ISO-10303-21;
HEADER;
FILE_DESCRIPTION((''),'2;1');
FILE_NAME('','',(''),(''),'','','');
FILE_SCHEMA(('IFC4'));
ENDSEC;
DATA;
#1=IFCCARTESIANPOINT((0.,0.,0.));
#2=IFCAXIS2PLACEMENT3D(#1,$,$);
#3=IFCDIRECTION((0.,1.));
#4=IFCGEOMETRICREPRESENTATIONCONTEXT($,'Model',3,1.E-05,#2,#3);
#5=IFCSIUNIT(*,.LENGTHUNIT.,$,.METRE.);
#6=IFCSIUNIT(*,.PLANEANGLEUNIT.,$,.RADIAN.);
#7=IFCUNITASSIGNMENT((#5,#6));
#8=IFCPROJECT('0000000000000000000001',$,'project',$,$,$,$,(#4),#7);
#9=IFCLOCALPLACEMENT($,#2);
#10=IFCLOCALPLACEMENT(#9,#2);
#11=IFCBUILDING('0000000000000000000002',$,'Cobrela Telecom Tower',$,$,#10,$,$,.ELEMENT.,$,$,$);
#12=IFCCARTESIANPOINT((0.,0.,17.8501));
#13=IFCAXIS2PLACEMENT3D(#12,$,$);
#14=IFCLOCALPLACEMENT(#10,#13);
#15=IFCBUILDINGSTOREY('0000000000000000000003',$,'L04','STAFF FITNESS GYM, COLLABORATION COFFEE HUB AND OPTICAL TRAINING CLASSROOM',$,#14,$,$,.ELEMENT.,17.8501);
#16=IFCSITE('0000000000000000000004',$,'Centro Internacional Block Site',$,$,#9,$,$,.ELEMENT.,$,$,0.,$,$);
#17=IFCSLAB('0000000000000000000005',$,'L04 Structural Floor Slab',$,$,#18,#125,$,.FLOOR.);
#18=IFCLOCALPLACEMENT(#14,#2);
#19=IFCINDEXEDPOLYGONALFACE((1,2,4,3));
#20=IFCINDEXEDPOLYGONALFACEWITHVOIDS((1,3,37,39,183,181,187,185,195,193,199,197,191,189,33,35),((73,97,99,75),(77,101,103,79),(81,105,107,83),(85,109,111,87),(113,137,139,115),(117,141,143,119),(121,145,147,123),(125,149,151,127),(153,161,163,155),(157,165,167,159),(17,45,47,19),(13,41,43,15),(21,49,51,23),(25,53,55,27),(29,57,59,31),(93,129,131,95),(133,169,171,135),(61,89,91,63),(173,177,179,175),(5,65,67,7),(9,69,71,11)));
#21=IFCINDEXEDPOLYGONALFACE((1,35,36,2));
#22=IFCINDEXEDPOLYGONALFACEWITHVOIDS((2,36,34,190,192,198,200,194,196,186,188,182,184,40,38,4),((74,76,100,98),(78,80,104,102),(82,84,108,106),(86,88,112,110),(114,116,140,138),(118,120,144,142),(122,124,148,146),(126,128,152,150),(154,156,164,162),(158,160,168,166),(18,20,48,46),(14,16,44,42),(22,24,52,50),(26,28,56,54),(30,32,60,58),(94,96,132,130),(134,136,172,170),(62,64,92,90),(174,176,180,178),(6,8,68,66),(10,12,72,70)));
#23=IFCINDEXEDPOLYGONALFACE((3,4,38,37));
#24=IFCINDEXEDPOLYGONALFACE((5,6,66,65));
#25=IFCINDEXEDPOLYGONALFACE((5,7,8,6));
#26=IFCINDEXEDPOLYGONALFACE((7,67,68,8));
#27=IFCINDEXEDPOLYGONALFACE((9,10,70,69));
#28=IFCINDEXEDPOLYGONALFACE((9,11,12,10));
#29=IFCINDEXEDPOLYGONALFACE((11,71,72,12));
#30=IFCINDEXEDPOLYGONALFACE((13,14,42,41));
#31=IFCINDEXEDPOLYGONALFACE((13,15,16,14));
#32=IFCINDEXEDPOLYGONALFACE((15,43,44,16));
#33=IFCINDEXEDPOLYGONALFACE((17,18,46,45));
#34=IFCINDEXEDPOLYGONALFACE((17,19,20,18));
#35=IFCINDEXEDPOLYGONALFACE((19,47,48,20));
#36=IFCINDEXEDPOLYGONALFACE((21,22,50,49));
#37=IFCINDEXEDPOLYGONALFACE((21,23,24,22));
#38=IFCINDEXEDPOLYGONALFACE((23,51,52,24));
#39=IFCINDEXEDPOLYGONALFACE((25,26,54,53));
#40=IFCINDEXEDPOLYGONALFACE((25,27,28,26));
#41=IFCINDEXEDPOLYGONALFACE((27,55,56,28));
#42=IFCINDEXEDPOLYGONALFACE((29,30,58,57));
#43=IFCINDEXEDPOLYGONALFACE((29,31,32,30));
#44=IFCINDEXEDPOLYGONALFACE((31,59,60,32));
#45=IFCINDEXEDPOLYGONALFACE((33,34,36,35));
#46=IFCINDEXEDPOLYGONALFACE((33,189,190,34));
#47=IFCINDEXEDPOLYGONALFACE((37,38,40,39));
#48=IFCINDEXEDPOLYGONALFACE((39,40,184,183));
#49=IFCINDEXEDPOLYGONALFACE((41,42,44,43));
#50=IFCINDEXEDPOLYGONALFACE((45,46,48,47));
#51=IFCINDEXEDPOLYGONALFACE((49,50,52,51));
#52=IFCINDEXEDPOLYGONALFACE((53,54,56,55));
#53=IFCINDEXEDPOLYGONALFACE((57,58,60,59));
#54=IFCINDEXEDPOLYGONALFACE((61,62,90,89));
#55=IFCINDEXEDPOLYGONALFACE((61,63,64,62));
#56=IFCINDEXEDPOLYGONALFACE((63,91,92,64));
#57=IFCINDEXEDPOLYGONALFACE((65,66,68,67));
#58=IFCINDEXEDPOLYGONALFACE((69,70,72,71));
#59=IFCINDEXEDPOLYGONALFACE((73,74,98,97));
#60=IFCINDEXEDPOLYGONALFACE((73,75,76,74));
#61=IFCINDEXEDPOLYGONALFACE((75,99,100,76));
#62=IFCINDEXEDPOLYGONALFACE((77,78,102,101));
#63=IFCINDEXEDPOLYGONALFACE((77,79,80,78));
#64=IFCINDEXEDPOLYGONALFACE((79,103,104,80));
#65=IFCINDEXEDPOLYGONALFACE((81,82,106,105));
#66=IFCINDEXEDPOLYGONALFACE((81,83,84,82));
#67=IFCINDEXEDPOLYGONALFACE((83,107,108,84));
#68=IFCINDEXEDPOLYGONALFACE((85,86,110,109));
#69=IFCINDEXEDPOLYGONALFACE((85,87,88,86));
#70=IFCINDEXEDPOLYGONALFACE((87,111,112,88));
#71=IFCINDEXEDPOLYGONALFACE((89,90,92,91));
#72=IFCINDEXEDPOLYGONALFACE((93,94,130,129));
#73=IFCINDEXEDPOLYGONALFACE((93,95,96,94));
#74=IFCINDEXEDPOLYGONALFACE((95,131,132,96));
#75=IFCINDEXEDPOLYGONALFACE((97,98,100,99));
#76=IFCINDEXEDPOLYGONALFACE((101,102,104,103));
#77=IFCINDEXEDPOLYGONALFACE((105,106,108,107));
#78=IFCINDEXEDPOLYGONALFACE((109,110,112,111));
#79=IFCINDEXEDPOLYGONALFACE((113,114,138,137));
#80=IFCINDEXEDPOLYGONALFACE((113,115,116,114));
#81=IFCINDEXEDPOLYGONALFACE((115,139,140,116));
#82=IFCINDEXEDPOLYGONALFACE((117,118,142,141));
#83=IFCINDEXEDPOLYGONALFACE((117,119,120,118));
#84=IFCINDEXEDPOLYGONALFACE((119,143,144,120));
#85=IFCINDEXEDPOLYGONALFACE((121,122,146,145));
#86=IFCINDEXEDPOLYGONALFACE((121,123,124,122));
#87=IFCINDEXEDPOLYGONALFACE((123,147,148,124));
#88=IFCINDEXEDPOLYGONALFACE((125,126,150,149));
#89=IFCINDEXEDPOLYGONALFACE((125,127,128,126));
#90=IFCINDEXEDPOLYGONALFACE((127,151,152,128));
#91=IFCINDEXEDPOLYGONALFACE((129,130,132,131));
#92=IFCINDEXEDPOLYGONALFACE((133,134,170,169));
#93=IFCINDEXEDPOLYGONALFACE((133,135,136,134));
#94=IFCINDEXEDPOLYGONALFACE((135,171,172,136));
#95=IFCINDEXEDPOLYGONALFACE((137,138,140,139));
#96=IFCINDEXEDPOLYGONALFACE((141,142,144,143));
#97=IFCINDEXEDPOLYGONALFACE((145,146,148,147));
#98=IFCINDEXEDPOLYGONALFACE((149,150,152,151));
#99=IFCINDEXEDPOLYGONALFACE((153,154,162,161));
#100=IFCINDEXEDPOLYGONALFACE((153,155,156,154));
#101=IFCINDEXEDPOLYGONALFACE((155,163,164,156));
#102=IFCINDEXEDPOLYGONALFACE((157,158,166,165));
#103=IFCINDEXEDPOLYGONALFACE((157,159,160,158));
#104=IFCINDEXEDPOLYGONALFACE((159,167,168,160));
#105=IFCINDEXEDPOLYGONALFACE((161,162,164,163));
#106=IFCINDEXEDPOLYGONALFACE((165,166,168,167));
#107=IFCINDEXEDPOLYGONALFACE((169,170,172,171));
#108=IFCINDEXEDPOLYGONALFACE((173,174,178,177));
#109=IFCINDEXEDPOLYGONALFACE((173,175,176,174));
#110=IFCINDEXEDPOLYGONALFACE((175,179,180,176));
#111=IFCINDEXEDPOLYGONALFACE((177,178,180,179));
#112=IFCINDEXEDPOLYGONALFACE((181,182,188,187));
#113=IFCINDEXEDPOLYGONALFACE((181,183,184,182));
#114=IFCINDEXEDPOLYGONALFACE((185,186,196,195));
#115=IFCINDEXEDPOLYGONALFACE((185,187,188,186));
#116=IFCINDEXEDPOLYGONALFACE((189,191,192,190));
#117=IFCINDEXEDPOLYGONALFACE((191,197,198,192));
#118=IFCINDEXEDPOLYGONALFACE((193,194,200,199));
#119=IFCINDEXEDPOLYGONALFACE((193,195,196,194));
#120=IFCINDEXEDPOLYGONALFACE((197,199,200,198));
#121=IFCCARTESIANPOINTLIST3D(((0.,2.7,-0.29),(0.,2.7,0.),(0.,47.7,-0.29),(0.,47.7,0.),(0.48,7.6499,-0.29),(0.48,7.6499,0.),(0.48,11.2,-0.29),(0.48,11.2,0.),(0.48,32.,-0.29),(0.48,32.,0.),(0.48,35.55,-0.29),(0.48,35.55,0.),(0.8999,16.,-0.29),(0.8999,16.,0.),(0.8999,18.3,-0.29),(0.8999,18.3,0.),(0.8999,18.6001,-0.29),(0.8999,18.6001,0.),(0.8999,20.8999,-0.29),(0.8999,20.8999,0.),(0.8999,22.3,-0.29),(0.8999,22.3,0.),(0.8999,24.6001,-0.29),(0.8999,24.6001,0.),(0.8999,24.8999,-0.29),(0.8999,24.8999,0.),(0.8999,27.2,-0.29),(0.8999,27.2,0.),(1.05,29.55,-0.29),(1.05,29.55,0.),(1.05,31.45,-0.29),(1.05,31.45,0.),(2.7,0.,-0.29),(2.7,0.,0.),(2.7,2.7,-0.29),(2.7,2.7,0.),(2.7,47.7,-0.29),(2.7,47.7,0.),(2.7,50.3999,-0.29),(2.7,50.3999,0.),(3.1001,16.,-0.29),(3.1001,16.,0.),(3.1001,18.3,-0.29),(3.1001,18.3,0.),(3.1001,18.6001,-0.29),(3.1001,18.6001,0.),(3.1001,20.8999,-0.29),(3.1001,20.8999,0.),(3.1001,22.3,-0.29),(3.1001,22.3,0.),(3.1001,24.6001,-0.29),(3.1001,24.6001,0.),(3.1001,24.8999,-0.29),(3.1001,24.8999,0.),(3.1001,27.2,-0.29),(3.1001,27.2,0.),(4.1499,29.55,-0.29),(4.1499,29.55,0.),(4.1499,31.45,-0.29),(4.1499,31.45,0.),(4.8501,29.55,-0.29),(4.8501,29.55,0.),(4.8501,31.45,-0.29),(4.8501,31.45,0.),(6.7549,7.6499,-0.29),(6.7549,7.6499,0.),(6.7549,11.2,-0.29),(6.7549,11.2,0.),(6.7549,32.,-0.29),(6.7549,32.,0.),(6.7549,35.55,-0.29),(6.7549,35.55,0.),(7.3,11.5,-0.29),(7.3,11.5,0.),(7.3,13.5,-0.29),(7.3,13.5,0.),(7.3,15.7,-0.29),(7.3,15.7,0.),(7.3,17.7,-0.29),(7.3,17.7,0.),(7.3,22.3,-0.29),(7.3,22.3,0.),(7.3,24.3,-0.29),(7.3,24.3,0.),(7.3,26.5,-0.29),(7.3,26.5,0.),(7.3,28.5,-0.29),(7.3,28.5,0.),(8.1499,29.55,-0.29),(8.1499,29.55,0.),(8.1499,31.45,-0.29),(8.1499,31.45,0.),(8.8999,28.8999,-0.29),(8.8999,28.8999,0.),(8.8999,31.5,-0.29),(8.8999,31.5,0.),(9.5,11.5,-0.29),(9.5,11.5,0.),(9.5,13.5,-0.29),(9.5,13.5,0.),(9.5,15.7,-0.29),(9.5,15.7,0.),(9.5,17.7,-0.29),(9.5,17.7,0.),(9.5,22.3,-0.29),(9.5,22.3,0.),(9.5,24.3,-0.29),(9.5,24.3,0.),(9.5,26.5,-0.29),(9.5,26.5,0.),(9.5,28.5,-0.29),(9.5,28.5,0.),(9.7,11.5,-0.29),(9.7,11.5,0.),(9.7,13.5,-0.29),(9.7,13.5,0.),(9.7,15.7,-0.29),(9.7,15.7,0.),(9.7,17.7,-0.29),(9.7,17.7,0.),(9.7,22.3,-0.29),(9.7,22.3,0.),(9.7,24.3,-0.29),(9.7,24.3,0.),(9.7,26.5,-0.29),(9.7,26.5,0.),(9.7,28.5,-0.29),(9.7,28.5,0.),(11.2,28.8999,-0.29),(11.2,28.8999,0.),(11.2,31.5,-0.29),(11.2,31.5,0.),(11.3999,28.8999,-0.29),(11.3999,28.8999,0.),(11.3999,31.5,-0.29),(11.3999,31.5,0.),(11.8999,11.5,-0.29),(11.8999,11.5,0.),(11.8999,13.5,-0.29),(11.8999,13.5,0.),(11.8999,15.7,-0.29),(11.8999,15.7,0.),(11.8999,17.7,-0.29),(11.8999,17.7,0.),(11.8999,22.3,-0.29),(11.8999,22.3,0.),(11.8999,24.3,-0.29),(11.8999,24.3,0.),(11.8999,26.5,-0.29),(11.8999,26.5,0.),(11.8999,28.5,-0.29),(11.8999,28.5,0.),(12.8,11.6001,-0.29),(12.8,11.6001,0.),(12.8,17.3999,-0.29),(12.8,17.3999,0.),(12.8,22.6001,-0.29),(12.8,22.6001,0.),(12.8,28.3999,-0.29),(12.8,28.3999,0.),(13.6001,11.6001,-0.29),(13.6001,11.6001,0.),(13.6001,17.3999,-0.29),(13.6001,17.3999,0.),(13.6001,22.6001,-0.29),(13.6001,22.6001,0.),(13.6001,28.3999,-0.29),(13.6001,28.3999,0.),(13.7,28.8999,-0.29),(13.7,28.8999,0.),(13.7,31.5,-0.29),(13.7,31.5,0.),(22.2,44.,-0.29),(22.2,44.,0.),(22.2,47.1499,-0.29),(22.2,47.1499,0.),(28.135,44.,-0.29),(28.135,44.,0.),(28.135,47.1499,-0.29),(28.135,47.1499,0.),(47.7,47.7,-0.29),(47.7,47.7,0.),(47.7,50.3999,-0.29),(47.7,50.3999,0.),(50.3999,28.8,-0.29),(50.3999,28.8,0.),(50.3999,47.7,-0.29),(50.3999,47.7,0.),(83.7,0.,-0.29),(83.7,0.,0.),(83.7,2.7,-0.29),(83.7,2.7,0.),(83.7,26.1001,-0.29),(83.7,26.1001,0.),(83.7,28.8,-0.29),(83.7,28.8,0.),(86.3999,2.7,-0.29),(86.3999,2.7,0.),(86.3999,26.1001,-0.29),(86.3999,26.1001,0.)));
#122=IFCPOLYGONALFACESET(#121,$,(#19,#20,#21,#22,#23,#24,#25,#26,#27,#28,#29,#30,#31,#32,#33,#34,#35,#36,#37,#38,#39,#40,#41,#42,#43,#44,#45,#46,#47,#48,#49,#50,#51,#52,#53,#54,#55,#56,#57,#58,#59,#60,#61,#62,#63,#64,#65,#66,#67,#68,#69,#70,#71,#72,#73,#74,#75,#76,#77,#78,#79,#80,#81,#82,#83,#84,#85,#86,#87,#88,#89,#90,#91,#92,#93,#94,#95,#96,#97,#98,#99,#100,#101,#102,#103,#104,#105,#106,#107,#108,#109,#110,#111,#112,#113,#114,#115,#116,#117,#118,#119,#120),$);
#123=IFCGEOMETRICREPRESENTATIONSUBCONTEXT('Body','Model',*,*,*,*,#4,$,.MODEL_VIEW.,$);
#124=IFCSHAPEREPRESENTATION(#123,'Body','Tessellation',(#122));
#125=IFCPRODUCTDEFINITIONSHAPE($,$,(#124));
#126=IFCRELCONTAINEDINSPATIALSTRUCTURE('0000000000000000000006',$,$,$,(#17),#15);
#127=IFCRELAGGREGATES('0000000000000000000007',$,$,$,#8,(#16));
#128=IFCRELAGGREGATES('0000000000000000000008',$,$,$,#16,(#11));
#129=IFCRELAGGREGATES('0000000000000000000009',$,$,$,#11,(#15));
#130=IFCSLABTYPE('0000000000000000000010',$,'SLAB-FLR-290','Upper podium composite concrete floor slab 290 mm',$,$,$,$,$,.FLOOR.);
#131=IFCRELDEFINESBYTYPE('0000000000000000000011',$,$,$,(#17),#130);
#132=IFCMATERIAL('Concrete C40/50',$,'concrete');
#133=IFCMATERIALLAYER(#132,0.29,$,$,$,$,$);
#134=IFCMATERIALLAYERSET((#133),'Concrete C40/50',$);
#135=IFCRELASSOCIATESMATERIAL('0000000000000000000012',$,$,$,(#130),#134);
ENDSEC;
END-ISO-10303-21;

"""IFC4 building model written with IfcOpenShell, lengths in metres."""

from ifc_helpers import new_model, si_unit, direction, frame, origin, place, context, subcontext, project, spatial, polyline, outline, extrude, material, layer, layer_set, type_object, element, save


model = new_model("IFC4")

# Units and contexts
model_context = context("Model", 3, precision=1e-05, world=origin(), true_north=direction((0.0, 1.0)))
body_context = subcontext(model_context, "Body", "Model", "MODEL_VIEW")
ifc_project = project(units=[si_unit("LENGTHUNIT", "METRE"), si_unit("PLANEANGLEUNIT", "RADIAN")], contexts=[model_context])

# Site, building, storey
site_placement = place(None, origin())
site = spatial("IfcSite", under=ifc_project, at=site_placement, Name="Centro Internacional Block Site", CompositionType="ELEMENT", RefElevation=0.0)
building_placement = place(site_placement, origin())
building = spatial("IfcBuilding", under=site, at=building_placement, Name="Cobrela Telecom Tower", CompositionType="ELEMENT")
storey_placement = place(building_placement, frame((0.0, 0.0, 17.8501)))
storey = spatial("IfcBuildingStorey", under=building, at=storey_placement, Name="L04", Description="STAFF FITNESS GYM, COLLABORATION COFFEE HUB AND OPTICAL TRAINING CLASSROOM", CompositionType="ELEMENT", Elevation=17.8501)

# Slab, openings
ifc_material_1 = material(Name="Concrete C40/50", Category="concrete")
ifc_layer_1 = layer(ifc_material_1, 0.29)
ifc_layer_set_1 = layer_set([ifc_layer_1], Name="Concrete C40/50")
slab_type_1 = type_object("IfcSlabType", Name="SLAB-FLR-290", Description="Upper podium composite concrete floor slab 290 mm", PredefinedType="FLOOR", material=ifc_layer_set_1)
slab_1_placement = place(storey_placement, frame((0.0, 0.0, -0.29)))
slab_1 = element("IfcSlab", 1, at=slab_1_placement, inside=storey, type_object=slab_type_1, Name="L04 Structural Floor Slab", PredefinedType="FLOOR", context=body_context, shape_type="SweptSolid", body=[
    extrude(outline(polyline([(2.7, 0.0), (83.7, 0.0), (83.7, 2.7), (86.3999, 2.7), (86.3999, 26.1001), (83.7, 26.1001), (83.7, 28.8), (50.3999, 28.8), (50.3999, 47.7), (47.7, 47.7), (47.7, 50.3999), (2.7, 50.3999), (2.7, 47.7), (0.0, 47.7), (0.0, 2.7), (2.7, 2.7), (2.7, 0.0)])), origin(), (0.0, 0.0, 1.0), 0.29),
])
opening_1_placement = place(slab_1_placement, frame((0.0, 0.0, -0.02)))
element("IfcOpeningElement", 2, at=opening_1_placement, cuts=slab_1, PredefinedType="OPENING", context=body_context, shape_type="SweptSolid", body=[
    extrude(outline(polyline([(8.8999, 28.8999), (11.2, 28.8999), (11.2, 31.5), (8.8999, 31.5), (8.8999, 28.8999)])), origin(), (0.0, 0.0, 1.0), 0.3301),
])
opening_2_placement = place(slab_1_placement, frame((0.0, 0.0, -0.02)))
element("IfcOpeningElement", 3, at=opening_2_placement, cuts=slab_1, PredefinedType="OPENING", context=body_context, shape_type="SweptSolid", body=[
    extrude(outline(polyline([(11.3999, 28.8999), (13.7, 28.8999), (13.7, 31.5), (11.3999, 31.5), (11.3999, 28.8999)])), origin(), (0.0, 0.0, 1.0), 0.3301),
])
opening_3_placement = place(slab_1_placement, frame((0.0, 0.0, -0.02)))
element("IfcOpeningElement", 4, at=opening_3_placement, cuts=slab_1, PredefinedType="OPENING", context=body_context, shape_type="SweptSolid", body=[
    extrude(outline(polyline([(7.3, 22.3), (9.5, 22.3), (9.5, 24.3), (7.3, 24.3), (7.3, 22.3)])), origin(), (0.0, 0.0, 1.0), 0.3301),
])
opening_4_placement = place(slab_1_placement, frame((0.0, 0.0, -0.02)))
element("IfcOpeningElement", 5, at=opening_4_placement, cuts=slab_1, PredefinedType="OPENING", context=body_context, shape_type="SweptSolid", body=[
    extrude(outline(polyline([(9.7, 22.3), (11.8999, 22.3), (11.8999, 24.3), (9.7, 24.3), (9.7, 22.3)])), origin(), (0.0, 0.0, 1.0), 0.3301),
])
opening_5_placement = place(slab_1_placement, frame((0.0, 0.0, -0.02)))
element("IfcOpeningElement", 6, at=opening_5_placement, cuts=slab_1, PredefinedType="OPENING", context=body_context, shape_type="SweptSolid", body=[
    extrude(outline(polyline([(7.3, 26.5), (9.5, 26.5), (9.5, 28.5), (7.3, 28.5), (7.3, 26.5)])), origin(), (0.0, 0.0, 1.0), 0.3301),
])
opening_6_placement = place(slab_1_placement, frame((0.0, 0.0, -0.02)))
element("IfcOpeningElement", 7, at=opening_6_placement, cuts=slab_1, PredefinedType="OPENING", context=body_context, shape_type="SweptSolid", body=[
    extrude(outline(polyline([(9.7, 26.5), (11.8999, 26.5), (11.8999, 28.5), (9.7, 28.5), (9.7, 26.5)])), origin(), (0.0, 0.0, 1.0), 0.3301),
])
opening_7_placement = place(slab_1_placement, frame((0.0, 0.0, -0.02)))
element("IfcOpeningElement", 8, at=opening_7_placement, cuts=slab_1, PredefinedType="OPENING", context=body_context, shape_type="SweptSolid", body=[
    extrude(outline(polyline([(7.3, 15.7), (9.5, 15.7), (9.5, 17.7), (7.3, 17.7), (7.3, 15.7)])), origin(), (0.0, 0.0, 1.0), 0.3301),
])
opening_8_placement = place(slab_1_placement, frame((0.0, 0.0, -0.02)))
element("IfcOpeningElement", 9, at=opening_8_placement, cuts=slab_1, PredefinedType="OPENING", context=body_context, shape_type="SweptSolid", body=[
    extrude(outline(polyline([(9.7, 15.7), (11.8999, 15.7), (11.8999, 17.7), (9.7, 17.7), (9.7, 15.7)])), origin(), (0.0, 0.0, 1.0), 0.3301),
])
opening_9_placement = place(slab_1_placement, frame((0.0, 0.0, -0.02)))
element("IfcOpeningElement", 10, at=opening_9_placement, cuts=slab_1, PredefinedType="OPENING", context=body_context, shape_type="SweptSolid", body=[
    extrude(outline(polyline([(7.3, 11.5), (9.5, 11.5), (9.5, 13.5), (7.3, 13.5), (7.3, 11.5)])), origin(), (0.0, 0.0, 1.0), 0.3301),
])
opening_10_placement = place(slab_1_placement, frame((0.0, 0.0, -0.02)))
element("IfcOpeningElement", 11, at=opening_10_placement, cuts=slab_1, PredefinedType="OPENING", context=body_context, shape_type="SweptSolid", body=[
    extrude(outline(polyline([(9.7, 11.5), (11.8999, 11.5), (11.8999, 13.5), (9.7, 13.5), (9.7, 11.5)])), origin(), (0.0, 0.0, 1.0), 0.3301),
])
opening_11_placement = place(slab_1_placement, frame((0.0, 0.0, -0.02)))
element("IfcOpeningElement", 12, at=opening_11_placement, cuts=slab_1, PredefinedType="OPENING", context=body_context, shape_type="SweptSolid", body=[
    extrude(outline(polyline([(0.8999, 16.0), (3.1001, 16.0), (3.1001, 18.3), (0.8999, 18.3), (0.8999, 16.0)])), origin(), (0.0, 0.0, 1.0), 0.3301),
])
opening_12_placement = place(slab_1_placement, frame((0.0, 0.0, -0.02)))
element("IfcOpeningElement", 13, at=opening_12_placement, cuts=slab_1, PredefinedType="OPENING", context=body_context, shape_type="SweptSolid", body=[
    extrude(outline(polyline([(0.8999, 18.6001), (3.1001, 18.6001), (3.1001, 20.8999), (0.8999, 20.8999), (0.8999, 18.6001)])), origin(), (0.0, 0.0, 1.0), 0.3301),
])
opening_13_placement = place(slab_1_placement, frame((0.0, 0.0, -0.02)))
element("IfcOpeningElement", 14, at=opening_13_placement, cuts=slab_1, PredefinedType="OPENING", context=body_context, shape_type="SweptSolid", body=[
    extrude(outline(polyline([(0.8999, 22.3), (3.1001, 22.3), (3.1001, 24.6001), (0.8999, 24.6001), (0.8999, 22.3)])), origin(), (0.0, 0.0, 1.0), 0.3301),
])
opening_14_placement = place(slab_1_placement, frame((0.0, 0.0, -0.02)))
element("IfcOpeningElement", 15, at=opening_14_placement, cuts=slab_1, PredefinedType="OPENING", context=body_context, shape_type="SweptSolid", body=[
    extrude(outline(polyline([(0.8999, 24.8999), (3.1001, 24.8999), (3.1001, 27.2), (0.8999, 27.2), (0.8999, 24.8999)])), origin(), (0.0, 0.0, 1.0), 0.3301),
])
opening_15_placement = place(slab_1_placement, frame((0.0, 0.0, -0.02)))
element("IfcOpeningElement", 16, at=opening_15_placement, cuts=slab_1, PredefinedType="OPENING", context=body_context, shape_type="SweptSolid", body=[
    extrude(outline(polyline([(1.05, 29.55), (4.1499, 29.55), (4.1499, 31.45), (1.05, 31.45), (1.05, 29.55)])), origin(), (0.0, 0.0, 1.0), 0.3301),
])
opening_16_placement = place(slab_1_placement, frame((0.0, 0.0, -0.02)))
element("IfcOpeningElement", 17, at=opening_16_placement, cuts=slab_1, PredefinedType="OPENING", context=body_context, shape_type="SweptSolid", body=[
    extrude(outline(polyline([(4.8501, 29.55), (8.1499, 29.55), (8.1499, 31.45), (4.8501, 31.45), (4.8501, 29.55)])), origin(), (0.0, 0.0, 1.0), 0.3301),
])
opening_17_placement = place(slab_1_placement, frame((0.0, 0.0, -0.02)))
element("IfcOpeningElement", 18, at=opening_17_placement, cuts=slab_1, PredefinedType="OPENING", context=body_context, shape_type="SweptSolid", body=[
    extrude(outline(polyline([(12.8, 22.6001), (13.6001, 22.6001), (13.6001, 28.3999), (12.8, 28.3999), (12.8, 22.6001)])), origin(), (0.0, 0.0, 1.0), 0.3301),
])
opening_18_placement = place(slab_1_placement, frame((0.0, 0.0, -0.02)))
element("IfcOpeningElement", 19, at=opening_18_placement, cuts=slab_1, PredefinedType="OPENING", context=body_context, shape_type="SweptSolid", body=[
    extrude(outline(polyline([(12.8, 11.6001), (13.6001, 11.6001), (13.6001, 17.3999), (12.8, 17.3999), (12.8, 11.6001)])), origin(), (0.0, 0.0, 1.0), 0.3301),
])
opening_19_placement = place(slab_1_placement, frame((0.0, 0.0, -0.02)))
element("IfcOpeningElement", 20, at=opening_19_placement, cuts=slab_1, PredefinedType="OPENING", context=body_context, shape_type="SweptSolid", body=[
    extrude(outline(polyline([(6.7549, 35.55), (0.48, 35.55), (0.48, 32.0), (6.7549, 32.0), (6.7549, 35.55)])), origin(), (0.0, 0.0, 1.0), 0.3301),
])
opening_20_placement = place(slab_1_placement, frame((0.0, 0.0, -0.02)))
element("IfcOpeningElement", 21, at=opening_20_placement, cuts=slab_1, PredefinedType="OPENING", context=body_context, shape_type="SweptSolid", body=[
    extrude(outline(polyline([(6.7549, 11.2), (0.48, 11.2), (0.48, 7.6499), (6.7549, 7.6499), (6.7549, 11.2)])), origin(), (0.0, 0.0, 1.0), 0.3301),
])
opening_21_placement = place(slab_1_placement, frame((0.0, 0.0, -0.02)))
element("IfcOpeningElement", 22, at=opening_21_placement, cuts=slab_1, PredefinedType="OPENING", context=body_context, shape_type="SweptSolid", body=[
    extrude(outline(polyline([(28.135, 47.1499), (22.2, 47.1499), (22.2, 44.0), (28.135, 44.0), (28.135, 47.1499)])), origin(), (0.0, 0.0, 1.0), 0.3301),
])

save(model, "model.ifc")
